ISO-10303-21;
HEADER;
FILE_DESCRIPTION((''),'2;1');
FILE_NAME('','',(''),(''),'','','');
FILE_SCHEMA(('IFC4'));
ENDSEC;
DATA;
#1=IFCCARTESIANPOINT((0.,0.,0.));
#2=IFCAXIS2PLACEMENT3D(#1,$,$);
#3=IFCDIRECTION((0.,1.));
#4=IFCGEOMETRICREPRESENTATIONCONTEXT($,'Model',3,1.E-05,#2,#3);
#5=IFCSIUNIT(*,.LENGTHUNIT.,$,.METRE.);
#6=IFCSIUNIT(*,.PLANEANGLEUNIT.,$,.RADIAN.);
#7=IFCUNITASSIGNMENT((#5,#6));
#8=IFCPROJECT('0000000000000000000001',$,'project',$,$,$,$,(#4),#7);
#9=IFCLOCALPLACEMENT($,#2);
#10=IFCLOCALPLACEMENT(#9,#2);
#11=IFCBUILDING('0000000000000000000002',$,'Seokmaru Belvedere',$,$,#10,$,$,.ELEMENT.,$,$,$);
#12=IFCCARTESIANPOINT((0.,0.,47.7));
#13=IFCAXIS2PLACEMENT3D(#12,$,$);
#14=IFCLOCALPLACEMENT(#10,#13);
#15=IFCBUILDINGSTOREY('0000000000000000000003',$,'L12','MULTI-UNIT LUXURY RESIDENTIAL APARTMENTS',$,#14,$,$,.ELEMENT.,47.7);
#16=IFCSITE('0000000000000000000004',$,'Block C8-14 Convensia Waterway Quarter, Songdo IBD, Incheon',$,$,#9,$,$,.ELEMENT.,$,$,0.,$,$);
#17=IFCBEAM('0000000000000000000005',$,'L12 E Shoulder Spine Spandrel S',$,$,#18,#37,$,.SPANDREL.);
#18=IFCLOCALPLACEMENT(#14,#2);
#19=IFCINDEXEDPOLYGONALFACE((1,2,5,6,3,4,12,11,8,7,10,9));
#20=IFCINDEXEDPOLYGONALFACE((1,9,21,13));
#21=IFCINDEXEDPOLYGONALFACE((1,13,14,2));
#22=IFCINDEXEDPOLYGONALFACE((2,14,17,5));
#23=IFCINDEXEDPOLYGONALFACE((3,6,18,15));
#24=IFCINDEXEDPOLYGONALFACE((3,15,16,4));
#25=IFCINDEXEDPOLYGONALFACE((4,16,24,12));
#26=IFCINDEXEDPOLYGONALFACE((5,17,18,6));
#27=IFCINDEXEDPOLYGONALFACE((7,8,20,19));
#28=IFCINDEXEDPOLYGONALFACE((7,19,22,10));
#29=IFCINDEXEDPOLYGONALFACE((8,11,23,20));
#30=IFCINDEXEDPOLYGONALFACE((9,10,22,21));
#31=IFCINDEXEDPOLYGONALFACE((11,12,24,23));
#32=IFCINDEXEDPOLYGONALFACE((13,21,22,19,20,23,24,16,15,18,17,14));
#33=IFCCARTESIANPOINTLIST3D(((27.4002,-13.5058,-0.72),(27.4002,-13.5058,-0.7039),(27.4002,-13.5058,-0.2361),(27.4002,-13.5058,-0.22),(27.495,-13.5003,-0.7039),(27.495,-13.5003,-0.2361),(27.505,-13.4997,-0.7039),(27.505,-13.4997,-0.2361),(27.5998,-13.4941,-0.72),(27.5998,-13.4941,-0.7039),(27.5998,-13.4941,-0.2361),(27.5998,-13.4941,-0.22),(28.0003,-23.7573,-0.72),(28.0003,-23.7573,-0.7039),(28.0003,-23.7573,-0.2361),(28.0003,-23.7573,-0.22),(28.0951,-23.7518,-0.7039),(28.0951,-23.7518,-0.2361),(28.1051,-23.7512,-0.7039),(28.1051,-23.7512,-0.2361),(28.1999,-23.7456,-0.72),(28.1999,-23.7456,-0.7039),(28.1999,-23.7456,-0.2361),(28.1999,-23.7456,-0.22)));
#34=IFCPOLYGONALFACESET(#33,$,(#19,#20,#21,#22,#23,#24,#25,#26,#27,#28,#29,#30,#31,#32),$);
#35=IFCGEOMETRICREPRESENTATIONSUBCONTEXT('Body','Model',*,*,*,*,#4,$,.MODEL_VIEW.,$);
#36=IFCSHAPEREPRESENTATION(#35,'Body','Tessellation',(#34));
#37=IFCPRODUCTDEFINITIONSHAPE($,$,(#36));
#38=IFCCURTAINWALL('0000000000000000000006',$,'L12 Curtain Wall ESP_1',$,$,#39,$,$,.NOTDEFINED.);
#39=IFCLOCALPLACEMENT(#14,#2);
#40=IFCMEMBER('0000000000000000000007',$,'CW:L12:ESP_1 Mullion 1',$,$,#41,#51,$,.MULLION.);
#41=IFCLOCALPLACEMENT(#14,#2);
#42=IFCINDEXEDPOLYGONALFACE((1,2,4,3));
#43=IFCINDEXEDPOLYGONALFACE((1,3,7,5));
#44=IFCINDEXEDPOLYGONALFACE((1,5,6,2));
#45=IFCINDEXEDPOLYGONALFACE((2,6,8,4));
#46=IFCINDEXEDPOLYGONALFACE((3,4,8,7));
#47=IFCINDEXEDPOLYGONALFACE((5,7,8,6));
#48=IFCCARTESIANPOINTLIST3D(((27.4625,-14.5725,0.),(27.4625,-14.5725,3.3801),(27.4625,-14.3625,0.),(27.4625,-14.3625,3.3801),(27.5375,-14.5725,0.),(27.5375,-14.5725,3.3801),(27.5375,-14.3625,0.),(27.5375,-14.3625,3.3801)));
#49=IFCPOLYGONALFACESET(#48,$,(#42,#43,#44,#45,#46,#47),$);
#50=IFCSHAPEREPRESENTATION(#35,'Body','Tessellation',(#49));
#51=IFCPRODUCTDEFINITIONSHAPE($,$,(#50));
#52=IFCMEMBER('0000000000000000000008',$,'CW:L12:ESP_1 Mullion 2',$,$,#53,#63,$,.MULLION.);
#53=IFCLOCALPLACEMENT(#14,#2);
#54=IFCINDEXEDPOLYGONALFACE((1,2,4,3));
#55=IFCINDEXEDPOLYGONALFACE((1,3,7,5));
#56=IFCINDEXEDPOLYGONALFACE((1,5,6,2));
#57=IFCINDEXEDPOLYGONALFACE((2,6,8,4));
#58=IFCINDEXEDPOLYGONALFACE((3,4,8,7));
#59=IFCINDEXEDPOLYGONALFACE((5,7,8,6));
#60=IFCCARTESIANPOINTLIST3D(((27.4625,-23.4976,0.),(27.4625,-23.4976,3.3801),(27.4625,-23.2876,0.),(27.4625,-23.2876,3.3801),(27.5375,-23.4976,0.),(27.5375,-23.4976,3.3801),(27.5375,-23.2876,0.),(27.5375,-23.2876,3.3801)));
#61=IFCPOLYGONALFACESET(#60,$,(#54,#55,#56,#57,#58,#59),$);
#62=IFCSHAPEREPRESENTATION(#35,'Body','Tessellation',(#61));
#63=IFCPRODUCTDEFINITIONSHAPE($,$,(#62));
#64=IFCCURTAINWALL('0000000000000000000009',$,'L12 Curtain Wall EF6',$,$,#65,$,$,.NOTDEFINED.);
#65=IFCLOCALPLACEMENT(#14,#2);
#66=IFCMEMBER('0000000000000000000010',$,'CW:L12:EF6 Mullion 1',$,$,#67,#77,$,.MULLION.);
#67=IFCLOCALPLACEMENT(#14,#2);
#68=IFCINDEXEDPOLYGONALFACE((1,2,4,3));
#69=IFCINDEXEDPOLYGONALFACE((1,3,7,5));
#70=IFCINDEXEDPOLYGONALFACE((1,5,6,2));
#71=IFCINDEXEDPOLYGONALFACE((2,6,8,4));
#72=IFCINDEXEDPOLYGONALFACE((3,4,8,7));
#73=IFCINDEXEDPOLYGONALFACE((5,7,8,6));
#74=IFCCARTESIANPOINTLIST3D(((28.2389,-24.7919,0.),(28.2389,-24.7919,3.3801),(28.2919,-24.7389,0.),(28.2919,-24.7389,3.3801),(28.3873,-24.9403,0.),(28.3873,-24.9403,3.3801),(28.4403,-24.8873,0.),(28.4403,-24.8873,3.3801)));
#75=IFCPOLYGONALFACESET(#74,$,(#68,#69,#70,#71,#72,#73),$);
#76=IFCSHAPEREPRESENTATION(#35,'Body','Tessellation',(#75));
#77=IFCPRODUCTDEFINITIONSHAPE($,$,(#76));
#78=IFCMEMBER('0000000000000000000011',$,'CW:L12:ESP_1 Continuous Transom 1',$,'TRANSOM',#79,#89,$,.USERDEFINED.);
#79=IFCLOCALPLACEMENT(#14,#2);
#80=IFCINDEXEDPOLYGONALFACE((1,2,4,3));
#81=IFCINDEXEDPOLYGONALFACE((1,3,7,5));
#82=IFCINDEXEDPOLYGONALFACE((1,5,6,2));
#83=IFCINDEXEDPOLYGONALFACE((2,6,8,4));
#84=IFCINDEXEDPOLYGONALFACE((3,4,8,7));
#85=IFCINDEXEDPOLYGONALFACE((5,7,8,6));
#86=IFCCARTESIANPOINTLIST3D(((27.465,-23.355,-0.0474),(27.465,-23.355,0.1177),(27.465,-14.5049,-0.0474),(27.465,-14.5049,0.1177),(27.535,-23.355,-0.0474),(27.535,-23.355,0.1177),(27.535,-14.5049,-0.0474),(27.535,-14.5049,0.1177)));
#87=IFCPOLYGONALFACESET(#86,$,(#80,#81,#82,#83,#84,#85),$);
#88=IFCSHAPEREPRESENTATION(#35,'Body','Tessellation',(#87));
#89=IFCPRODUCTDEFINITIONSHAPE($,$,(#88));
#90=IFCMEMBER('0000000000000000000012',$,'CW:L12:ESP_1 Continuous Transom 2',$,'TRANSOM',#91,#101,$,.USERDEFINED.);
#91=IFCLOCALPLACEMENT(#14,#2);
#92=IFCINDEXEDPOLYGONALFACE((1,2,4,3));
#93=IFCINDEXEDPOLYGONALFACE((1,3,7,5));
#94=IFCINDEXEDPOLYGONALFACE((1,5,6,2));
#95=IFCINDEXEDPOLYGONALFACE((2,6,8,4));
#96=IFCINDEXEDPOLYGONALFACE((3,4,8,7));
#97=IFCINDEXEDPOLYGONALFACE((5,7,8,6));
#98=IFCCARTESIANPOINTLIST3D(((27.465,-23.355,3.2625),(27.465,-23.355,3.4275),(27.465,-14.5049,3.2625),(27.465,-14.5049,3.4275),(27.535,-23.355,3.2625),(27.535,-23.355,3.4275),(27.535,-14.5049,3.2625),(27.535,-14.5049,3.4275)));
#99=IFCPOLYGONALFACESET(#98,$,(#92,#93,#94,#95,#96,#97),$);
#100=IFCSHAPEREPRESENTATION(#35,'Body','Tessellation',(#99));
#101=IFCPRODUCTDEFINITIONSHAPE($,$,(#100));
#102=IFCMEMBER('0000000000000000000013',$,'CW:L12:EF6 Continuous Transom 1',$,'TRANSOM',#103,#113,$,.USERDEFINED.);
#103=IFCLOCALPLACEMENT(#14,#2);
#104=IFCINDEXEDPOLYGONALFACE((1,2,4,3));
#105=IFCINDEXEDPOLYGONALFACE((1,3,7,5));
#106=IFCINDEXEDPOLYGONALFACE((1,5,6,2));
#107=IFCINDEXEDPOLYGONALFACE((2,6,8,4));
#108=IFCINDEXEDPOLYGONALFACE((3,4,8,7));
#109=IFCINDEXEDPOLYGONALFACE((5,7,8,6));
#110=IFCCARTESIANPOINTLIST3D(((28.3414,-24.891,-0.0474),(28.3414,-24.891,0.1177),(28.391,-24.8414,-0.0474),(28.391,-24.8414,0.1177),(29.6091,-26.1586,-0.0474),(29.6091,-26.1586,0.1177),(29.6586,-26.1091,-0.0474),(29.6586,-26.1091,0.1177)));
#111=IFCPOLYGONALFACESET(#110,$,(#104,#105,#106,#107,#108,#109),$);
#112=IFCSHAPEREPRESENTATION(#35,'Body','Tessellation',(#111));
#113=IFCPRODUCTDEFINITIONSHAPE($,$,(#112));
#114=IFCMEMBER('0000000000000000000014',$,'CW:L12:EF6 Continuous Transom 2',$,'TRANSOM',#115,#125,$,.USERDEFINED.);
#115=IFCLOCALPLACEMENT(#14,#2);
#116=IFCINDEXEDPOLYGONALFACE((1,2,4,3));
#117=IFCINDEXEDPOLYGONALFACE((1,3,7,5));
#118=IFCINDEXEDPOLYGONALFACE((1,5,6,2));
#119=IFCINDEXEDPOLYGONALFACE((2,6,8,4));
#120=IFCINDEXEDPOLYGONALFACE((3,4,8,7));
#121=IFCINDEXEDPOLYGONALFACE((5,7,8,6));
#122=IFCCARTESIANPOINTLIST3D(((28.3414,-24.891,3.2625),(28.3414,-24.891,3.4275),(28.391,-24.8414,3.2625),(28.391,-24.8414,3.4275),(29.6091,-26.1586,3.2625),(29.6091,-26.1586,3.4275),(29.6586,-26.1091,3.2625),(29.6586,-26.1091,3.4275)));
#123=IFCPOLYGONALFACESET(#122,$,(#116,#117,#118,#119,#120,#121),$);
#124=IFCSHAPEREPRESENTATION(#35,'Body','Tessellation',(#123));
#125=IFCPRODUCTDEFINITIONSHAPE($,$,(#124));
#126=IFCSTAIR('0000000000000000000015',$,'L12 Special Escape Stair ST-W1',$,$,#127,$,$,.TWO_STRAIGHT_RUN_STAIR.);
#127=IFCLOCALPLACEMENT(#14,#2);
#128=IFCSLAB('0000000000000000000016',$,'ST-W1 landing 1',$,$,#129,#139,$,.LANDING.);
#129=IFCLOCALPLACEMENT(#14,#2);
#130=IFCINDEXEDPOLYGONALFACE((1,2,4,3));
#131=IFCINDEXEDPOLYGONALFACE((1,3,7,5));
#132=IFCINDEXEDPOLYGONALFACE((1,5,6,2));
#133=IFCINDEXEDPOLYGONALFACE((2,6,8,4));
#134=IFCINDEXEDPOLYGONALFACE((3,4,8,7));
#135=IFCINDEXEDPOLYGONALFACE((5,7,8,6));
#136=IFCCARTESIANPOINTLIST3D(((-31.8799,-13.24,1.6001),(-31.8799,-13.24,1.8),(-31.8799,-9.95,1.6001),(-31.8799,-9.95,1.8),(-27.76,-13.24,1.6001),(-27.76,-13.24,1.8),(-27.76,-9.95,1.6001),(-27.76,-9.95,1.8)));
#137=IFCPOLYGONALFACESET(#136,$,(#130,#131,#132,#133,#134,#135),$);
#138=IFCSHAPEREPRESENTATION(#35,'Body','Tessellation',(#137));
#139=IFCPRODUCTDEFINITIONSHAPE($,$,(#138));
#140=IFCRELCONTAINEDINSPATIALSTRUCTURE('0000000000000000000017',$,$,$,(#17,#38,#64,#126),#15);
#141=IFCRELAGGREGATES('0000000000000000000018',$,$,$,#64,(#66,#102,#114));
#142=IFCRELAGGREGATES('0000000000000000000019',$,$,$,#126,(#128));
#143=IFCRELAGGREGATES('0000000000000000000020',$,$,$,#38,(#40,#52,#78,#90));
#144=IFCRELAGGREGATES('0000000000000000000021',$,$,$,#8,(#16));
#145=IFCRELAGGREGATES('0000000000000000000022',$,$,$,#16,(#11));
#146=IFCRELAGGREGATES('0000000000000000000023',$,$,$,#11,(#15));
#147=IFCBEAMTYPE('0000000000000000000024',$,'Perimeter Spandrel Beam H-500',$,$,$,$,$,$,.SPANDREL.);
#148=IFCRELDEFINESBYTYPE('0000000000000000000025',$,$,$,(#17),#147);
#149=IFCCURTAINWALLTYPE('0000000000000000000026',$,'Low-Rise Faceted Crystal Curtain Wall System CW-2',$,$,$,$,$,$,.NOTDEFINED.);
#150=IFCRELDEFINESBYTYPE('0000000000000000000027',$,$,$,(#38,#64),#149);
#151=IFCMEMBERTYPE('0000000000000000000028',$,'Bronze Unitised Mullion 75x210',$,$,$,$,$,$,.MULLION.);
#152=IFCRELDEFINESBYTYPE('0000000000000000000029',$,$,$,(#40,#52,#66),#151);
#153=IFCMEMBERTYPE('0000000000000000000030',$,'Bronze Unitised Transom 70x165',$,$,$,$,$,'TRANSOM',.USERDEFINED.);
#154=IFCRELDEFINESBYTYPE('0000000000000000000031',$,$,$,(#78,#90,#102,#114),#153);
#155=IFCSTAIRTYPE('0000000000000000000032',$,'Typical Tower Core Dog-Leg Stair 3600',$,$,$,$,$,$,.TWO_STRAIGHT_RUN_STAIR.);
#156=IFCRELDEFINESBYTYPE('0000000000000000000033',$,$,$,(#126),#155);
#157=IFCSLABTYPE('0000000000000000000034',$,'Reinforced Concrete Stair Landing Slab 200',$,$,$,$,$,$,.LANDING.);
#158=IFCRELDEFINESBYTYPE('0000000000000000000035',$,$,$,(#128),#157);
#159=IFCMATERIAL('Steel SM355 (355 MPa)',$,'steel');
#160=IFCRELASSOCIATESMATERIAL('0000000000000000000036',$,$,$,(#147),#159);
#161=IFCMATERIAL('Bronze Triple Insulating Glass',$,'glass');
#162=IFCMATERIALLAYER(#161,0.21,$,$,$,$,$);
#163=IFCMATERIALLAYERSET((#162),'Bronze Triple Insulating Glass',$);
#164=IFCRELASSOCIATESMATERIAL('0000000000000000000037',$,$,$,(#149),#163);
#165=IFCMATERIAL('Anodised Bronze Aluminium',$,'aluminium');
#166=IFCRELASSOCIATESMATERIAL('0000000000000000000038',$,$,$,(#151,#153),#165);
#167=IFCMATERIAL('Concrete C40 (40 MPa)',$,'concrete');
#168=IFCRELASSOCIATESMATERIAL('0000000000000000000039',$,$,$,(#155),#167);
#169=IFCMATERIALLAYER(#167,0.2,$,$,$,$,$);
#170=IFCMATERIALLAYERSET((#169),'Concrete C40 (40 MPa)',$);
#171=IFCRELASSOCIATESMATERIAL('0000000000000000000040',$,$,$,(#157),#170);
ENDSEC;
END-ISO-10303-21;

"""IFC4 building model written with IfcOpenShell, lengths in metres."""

from ifc_helpers import new_model, si_unit, direction, frame, origin, origin_2d, place, context, subcontext, project, spatial, polyline, rectangle, i_section, outline, extrude, source, transform, mapped, material, layer, layer_set, material_profile, profile_set, type_object, type_shapes, element, aggregate, save


model = new_model("IFC4")

# Units and contexts
model_context = context("Model", 3, precision=1e-05, world=origin(), true_north=direction((0.0, 1.0)))
body_context = subcontext(model_context, "Body", "Model", "MODEL_VIEW")
ifc_project = project(units=[si_unit("LENGTHUNIT", "METRE"), si_unit("PLANEANGLEUNIT", "RADIAN")], contexts=[model_context])

# Site, building, storey
site_placement = place(None, origin())
site = spatial("IfcSite", under=ifc_project, at=site_placement, Name="Block C8-14 Convensia Waterway Quarter, Songdo IBD, Incheon", CompositionType="ELEMENT", RefElevation=0.0)
building_placement = place(site_placement, origin())
building = spatial("IfcBuilding", under=site, at=building_placement, Name="Seokmaru Belvedere", CompositionType="ELEMENT")
storey_placement = place(building_placement, frame((0.0, 0.0, 47.7)))
storey = spatial("IfcBuildingStorey", under=building, at=storey_placement, Name="L12", Description="MULTI-UNIT LUXURY RESIDENTIAL APARTMENTS", CompositionType="ELEMENT", Elevation=47.7)

# Shared definitions
ifc_material_1 = material(Name="Steel SM355 (355 MPa)", Category="steel")

# Beam
ifc_material_profile_1 = material_profile(ifc_material_1, i_section(OverallWidth=0.2, OverallDepth=0.5, WebThickness=0.01, FlangeThickness=0.0161, at=origin_2d()), Name="H-500x200x10x16")
ifc_profile_set_1 = profile_set([ifc_material_profile_1], Name="Steel SM355 (355 MPa)")
beam_type_1 = type_object("IfcBeamType", Name="Perimeter Spandrel Beam H-500", PredefinedType="SPANDREL", material=ifc_profile_set_1)
shared_shape_1 = source(origin(), body_context, "Body", "SweptSolid", [
    extrude(i_section(OverallWidth=0.2, OverallDepth=0.5, WebThickness=0.01, FlangeThickness=0.0161, at=origin_2d()), origin(), (0.0, 0.0, 1.0), 10.269),
])
beam_1_placement = place(storey_placement, frame((28.1001, -23.7515, -0.47), z_axis=(-0.058438, 0.998291, 0.0), x_axis=(-0.998291, -0.058438, 0.0)))
element("IfcBeam", 1, at=beam_1_placement, inside=storey, type_object=beam_type_1, Name="L12 E Shoulder Spine Spandrel S", PredefinedType="SPANDREL", context=body_context, shape_type="MappedRepresentation", body=[
    mapped(shared_shape_1, transform((0.0, 0.0, 0.0), scale=1.0)),
])

# Curtain wall, members
ifc_material_2 = material(Name="Bronze Triple Insulating Glass", Category="glass")
ifc_layer_1 = layer(ifc_material_2, 0.21)
ifc_layer_set_1 = layer_set([ifc_layer_1], Name="Bronze Triple Insulating Glass")
curtain_wall_type = type_object("IfcCurtainWallType", Name="Low-Rise Faceted Crystal Curtain Wall System CW-2", PredefinedType="NOTDEFINED", material=ifc_layer_set_1)
curtain_wall_1_placement = place(storey_placement, origin())
curtain_wall_1 = element("IfcCurtainWall", 2, at=curtain_wall_1_placement, inside=storey, type_object=curtain_wall_type, Name="L12 Curtain Wall ESP_1", PredefinedType="NOTDEFINED")
ifc_material_3 = material(Name="Anodised Bronze Aluminium", Category="aluminium")
ifc_material_profile_2 = material_profile(ifc_material_3, rectangle(XDim=0.075, YDim=0.21, at=origin_2d()), Name="CW-M-75x210")
ifc_profile_set_2 = profile_set([ifc_material_profile_2], Name="Anodised Bronze Aluminium")
member_type_1 = type_object("IfcMemberType", Name="Bronze Unitised Mullion 75x210", PredefinedType="MULLION", material=ifc_profile_set_2)
shared_shape_2 = source(origin(), body_context, "Body", "SweptSolid", [
    extrude(rectangle(XDim=0.075, YDim=0.21, at=origin_2d()), origin(), (0.0, 0.0, 1.0), 3.3801),
])
type_shapes(member_type_1, [shared_shape_2])
member_1_placement = place(storey_placement, frame((27.5, -14.4675, 0.0), z_axis=(0.0, 0.0, 1.0), x_axis=(1.0, 0.0, 0.0)))
member_1 = element("IfcMember", 3, at=member_1_placement, type_object=member_type_1, Name="CW:L12:ESP_1 Mullion 1", PredefinedType="MULLION", context=body_context, shape_type="MappedRepresentation", body=[
    mapped(shared_shape_2, transform((0.0, 0.0, 0.0), scale=1.0)),
])
member_2_placement = place(storey_placement, frame((27.5, -23.3926, 0.0), z_axis=(0.0, 0.0, 1.0), x_axis=(1.0, 0.0, 0.0)))
member_2 = element("IfcMember", 4, at=member_2_placement, type_object=member_type_1, Name="CW:L12:ESP_1 Mullion 2", PredefinedType="MULLION", context=body_context, shape_type="MappedRepresentation", body=[
    mapped(shared_shape_2, transform((0.0, 0.0, 0.0), scale=1.0)),
])

# Curtain wall, member
curtain_wall_2_placement = place(storey_placement, origin())
curtain_wall_2 = element("IfcCurtainWall", 5, at=curtain_wall_2_placement, inside=storey, type_object=curtain_wall_type, Name="L12 Curtain Wall EF6", PredefinedType="NOTDEFINED")
member_3_placement = place(storey_placement, frame((28.3396, -24.8396, 0.0), z_axis=(0.0, 0.0, 1.0), x_axis=(0.707107, 0.707107, 0.0)))
member_3 = element("IfcMember", 6, at=member_3_placement, type_object=member_type_1, Name="CW:L12:EF6 Mullion 1", PredefinedType="MULLION", context=body_context, shape_type="MappedRepresentation", body=[
    mapped(shared_shape_2, transform((0.0, 0.0, 0.0), scale=1.0)),
])

# Members
ifc_material_profile_3 = material_profile(ifc_material_3, rectangle(XDim=0.0701, YDim=0.165, at=origin_2d()), Name="CW-T-70x165")
ifc_profile_set_3 = profile_set([ifc_material_profile_3], Name="Anodised Bronze Aluminium")
member_type_2 = type_object("IfcMemberType", Name="Bronze Unitised Transom 70x165", ElementType="TRANSOM", PredefinedType="USERDEFINED", material=ifc_profile_set_3)
shared_shape_3 = source(origin(), body_context, "Body", "SweptSolid", [
    extrude(rectangle(XDim=0.0701, YDim=0.165, at=origin_2d()), origin(), (0.0, 0.0, 1.0), 8.8501),
])
member_4_placement = place(storey_placement, frame((27.5, -14.5049, 0.0352), z_axis=(0.0, -1.0, 0.0), x_axis=(1.0, 0.0, 0.0)))
member_4 = element("IfcMember", 7, at=member_4_placement, type_object=member_type_2, Name="CW:L12:ESP_1 Continuous Transom 1", ObjectType="TRANSOM", PredefinedType="USERDEFINED", context=body_context, shape_type="MappedRepresentation", body=[
    mapped(shared_shape_3, transform((0.0, 0.0, 0.0), scale=1.0)),
])
member_5_placement = place(storey_placement, frame((27.5, -14.5049, 3.345), z_axis=(0.0, -1.0, 0.0), x_axis=(1.0, 0.0, 0.0)))
member_5 = element("IfcMember", 8, at=member_5_placement, type_object=member_type_2, Name="CW:L12:ESP_1 Continuous Transom 2", ObjectType="TRANSOM", PredefinedType="USERDEFINED", context=body_context, shape_type="MappedRepresentation", body=[
    mapped(shared_shape_3, transform((0.0, 0.0, 0.0), scale=1.0)),
])
shared_shape_4 = source(origin(), body_context, "Body", "SweptSolid", [
    extrude(rectangle(XDim=0.0701, YDim=0.165, at=origin_2d()), origin(), (0.0, 0.0, 1.0), 1.7927),
])
type_shapes(member_type_2, [shared_shape_3, shared_shape_4])
member_6_placement = place(storey_placement, frame((28.3662, -24.8662, 0.0352), z_axis=(0.707107, -0.707107, 0.0), x_axis=(0.707107, 0.707107, 0.0)))
member_6 = element("IfcMember", 9, at=member_6_placement, type_object=member_type_2, Name="CW:L12:EF6 Continuous Transom 1", ObjectType="TRANSOM", PredefinedType="USERDEFINED", context=body_context, shape_type="MappedRepresentation", body=[
    mapped(shared_shape_4, transform((0.0, 0.0, 0.0), scale=1.0)),
])
member_7_placement = place(storey_placement, frame((28.3662, -24.8662, 3.345), z_axis=(0.707107, -0.707107, 0.0), x_axis=(0.707107, 0.707107, 0.0)))
member_7 = element("IfcMember", 10, at=member_7_placement, type_object=member_type_2, Name="CW:L12:EF6 Continuous Transom 2", ObjectType="TRANSOM", PredefinedType="USERDEFINED", context=body_context, shape_type="MappedRepresentation", body=[
    mapped(shared_shape_4, transform((0.0, 0.0, 0.0), scale=1.0)),
])
aggregate(curtain_wall_2, [member_3, member_6, member_7])

# Stair, slab
ifc_material_4 = material(Name="Concrete C40 (40 MPa)", Category="concrete")
stair_type = type_object("IfcStairType", Name="Typical Tower Core Dog-Leg Stair 3600", PredefinedType="TWO_STRAIGHT_RUN_STAIR", material=ifc_material_4)
stair_placement = place(storey_placement, origin())
stair = element("IfcStair", 11, at=stair_placement, inside=storey, type_object=stair_type, Name="L12 Special Escape Stair ST-W1", PredefinedType="TWO_STRAIGHT_RUN_STAIR")
ifc_layer_2 = layer(ifc_material_4, 0.2)
ifc_layer_set_2 = layer_set([ifc_layer_2], Name="Concrete C40 (40 MPa)")
slab_type_1 = type_object("IfcSlabType", Name="Reinforced Concrete Stair Landing Slab 200", PredefinedType="LANDING", material=ifc_layer_set_2)
slab_1_placement = place(storey_placement, frame((0.0, 0.0, 1.6001)))
slab_1 = element("IfcSlab", 12, at=slab_1_placement, type_object=slab_type_1, Name="ST-W1 landing 1", PredefinedType="LANDING", context=body_context, shape_type="SweptSolid", body=[
    extrude(outline(polyline([(-31.8799, -13.24), (-27.76, -13.24), (-27.76, -9.95), (-31.8799, -9.95), (-31.8799, -13.24)])), origin(), (0.0, 0.0, 1.0), 0.2),
])
aggregate(stair, [slab_1])

aggregate(curtain_wall_1, [member_1, member_2, member_4, member_5])

save(model, "model.ifc")
